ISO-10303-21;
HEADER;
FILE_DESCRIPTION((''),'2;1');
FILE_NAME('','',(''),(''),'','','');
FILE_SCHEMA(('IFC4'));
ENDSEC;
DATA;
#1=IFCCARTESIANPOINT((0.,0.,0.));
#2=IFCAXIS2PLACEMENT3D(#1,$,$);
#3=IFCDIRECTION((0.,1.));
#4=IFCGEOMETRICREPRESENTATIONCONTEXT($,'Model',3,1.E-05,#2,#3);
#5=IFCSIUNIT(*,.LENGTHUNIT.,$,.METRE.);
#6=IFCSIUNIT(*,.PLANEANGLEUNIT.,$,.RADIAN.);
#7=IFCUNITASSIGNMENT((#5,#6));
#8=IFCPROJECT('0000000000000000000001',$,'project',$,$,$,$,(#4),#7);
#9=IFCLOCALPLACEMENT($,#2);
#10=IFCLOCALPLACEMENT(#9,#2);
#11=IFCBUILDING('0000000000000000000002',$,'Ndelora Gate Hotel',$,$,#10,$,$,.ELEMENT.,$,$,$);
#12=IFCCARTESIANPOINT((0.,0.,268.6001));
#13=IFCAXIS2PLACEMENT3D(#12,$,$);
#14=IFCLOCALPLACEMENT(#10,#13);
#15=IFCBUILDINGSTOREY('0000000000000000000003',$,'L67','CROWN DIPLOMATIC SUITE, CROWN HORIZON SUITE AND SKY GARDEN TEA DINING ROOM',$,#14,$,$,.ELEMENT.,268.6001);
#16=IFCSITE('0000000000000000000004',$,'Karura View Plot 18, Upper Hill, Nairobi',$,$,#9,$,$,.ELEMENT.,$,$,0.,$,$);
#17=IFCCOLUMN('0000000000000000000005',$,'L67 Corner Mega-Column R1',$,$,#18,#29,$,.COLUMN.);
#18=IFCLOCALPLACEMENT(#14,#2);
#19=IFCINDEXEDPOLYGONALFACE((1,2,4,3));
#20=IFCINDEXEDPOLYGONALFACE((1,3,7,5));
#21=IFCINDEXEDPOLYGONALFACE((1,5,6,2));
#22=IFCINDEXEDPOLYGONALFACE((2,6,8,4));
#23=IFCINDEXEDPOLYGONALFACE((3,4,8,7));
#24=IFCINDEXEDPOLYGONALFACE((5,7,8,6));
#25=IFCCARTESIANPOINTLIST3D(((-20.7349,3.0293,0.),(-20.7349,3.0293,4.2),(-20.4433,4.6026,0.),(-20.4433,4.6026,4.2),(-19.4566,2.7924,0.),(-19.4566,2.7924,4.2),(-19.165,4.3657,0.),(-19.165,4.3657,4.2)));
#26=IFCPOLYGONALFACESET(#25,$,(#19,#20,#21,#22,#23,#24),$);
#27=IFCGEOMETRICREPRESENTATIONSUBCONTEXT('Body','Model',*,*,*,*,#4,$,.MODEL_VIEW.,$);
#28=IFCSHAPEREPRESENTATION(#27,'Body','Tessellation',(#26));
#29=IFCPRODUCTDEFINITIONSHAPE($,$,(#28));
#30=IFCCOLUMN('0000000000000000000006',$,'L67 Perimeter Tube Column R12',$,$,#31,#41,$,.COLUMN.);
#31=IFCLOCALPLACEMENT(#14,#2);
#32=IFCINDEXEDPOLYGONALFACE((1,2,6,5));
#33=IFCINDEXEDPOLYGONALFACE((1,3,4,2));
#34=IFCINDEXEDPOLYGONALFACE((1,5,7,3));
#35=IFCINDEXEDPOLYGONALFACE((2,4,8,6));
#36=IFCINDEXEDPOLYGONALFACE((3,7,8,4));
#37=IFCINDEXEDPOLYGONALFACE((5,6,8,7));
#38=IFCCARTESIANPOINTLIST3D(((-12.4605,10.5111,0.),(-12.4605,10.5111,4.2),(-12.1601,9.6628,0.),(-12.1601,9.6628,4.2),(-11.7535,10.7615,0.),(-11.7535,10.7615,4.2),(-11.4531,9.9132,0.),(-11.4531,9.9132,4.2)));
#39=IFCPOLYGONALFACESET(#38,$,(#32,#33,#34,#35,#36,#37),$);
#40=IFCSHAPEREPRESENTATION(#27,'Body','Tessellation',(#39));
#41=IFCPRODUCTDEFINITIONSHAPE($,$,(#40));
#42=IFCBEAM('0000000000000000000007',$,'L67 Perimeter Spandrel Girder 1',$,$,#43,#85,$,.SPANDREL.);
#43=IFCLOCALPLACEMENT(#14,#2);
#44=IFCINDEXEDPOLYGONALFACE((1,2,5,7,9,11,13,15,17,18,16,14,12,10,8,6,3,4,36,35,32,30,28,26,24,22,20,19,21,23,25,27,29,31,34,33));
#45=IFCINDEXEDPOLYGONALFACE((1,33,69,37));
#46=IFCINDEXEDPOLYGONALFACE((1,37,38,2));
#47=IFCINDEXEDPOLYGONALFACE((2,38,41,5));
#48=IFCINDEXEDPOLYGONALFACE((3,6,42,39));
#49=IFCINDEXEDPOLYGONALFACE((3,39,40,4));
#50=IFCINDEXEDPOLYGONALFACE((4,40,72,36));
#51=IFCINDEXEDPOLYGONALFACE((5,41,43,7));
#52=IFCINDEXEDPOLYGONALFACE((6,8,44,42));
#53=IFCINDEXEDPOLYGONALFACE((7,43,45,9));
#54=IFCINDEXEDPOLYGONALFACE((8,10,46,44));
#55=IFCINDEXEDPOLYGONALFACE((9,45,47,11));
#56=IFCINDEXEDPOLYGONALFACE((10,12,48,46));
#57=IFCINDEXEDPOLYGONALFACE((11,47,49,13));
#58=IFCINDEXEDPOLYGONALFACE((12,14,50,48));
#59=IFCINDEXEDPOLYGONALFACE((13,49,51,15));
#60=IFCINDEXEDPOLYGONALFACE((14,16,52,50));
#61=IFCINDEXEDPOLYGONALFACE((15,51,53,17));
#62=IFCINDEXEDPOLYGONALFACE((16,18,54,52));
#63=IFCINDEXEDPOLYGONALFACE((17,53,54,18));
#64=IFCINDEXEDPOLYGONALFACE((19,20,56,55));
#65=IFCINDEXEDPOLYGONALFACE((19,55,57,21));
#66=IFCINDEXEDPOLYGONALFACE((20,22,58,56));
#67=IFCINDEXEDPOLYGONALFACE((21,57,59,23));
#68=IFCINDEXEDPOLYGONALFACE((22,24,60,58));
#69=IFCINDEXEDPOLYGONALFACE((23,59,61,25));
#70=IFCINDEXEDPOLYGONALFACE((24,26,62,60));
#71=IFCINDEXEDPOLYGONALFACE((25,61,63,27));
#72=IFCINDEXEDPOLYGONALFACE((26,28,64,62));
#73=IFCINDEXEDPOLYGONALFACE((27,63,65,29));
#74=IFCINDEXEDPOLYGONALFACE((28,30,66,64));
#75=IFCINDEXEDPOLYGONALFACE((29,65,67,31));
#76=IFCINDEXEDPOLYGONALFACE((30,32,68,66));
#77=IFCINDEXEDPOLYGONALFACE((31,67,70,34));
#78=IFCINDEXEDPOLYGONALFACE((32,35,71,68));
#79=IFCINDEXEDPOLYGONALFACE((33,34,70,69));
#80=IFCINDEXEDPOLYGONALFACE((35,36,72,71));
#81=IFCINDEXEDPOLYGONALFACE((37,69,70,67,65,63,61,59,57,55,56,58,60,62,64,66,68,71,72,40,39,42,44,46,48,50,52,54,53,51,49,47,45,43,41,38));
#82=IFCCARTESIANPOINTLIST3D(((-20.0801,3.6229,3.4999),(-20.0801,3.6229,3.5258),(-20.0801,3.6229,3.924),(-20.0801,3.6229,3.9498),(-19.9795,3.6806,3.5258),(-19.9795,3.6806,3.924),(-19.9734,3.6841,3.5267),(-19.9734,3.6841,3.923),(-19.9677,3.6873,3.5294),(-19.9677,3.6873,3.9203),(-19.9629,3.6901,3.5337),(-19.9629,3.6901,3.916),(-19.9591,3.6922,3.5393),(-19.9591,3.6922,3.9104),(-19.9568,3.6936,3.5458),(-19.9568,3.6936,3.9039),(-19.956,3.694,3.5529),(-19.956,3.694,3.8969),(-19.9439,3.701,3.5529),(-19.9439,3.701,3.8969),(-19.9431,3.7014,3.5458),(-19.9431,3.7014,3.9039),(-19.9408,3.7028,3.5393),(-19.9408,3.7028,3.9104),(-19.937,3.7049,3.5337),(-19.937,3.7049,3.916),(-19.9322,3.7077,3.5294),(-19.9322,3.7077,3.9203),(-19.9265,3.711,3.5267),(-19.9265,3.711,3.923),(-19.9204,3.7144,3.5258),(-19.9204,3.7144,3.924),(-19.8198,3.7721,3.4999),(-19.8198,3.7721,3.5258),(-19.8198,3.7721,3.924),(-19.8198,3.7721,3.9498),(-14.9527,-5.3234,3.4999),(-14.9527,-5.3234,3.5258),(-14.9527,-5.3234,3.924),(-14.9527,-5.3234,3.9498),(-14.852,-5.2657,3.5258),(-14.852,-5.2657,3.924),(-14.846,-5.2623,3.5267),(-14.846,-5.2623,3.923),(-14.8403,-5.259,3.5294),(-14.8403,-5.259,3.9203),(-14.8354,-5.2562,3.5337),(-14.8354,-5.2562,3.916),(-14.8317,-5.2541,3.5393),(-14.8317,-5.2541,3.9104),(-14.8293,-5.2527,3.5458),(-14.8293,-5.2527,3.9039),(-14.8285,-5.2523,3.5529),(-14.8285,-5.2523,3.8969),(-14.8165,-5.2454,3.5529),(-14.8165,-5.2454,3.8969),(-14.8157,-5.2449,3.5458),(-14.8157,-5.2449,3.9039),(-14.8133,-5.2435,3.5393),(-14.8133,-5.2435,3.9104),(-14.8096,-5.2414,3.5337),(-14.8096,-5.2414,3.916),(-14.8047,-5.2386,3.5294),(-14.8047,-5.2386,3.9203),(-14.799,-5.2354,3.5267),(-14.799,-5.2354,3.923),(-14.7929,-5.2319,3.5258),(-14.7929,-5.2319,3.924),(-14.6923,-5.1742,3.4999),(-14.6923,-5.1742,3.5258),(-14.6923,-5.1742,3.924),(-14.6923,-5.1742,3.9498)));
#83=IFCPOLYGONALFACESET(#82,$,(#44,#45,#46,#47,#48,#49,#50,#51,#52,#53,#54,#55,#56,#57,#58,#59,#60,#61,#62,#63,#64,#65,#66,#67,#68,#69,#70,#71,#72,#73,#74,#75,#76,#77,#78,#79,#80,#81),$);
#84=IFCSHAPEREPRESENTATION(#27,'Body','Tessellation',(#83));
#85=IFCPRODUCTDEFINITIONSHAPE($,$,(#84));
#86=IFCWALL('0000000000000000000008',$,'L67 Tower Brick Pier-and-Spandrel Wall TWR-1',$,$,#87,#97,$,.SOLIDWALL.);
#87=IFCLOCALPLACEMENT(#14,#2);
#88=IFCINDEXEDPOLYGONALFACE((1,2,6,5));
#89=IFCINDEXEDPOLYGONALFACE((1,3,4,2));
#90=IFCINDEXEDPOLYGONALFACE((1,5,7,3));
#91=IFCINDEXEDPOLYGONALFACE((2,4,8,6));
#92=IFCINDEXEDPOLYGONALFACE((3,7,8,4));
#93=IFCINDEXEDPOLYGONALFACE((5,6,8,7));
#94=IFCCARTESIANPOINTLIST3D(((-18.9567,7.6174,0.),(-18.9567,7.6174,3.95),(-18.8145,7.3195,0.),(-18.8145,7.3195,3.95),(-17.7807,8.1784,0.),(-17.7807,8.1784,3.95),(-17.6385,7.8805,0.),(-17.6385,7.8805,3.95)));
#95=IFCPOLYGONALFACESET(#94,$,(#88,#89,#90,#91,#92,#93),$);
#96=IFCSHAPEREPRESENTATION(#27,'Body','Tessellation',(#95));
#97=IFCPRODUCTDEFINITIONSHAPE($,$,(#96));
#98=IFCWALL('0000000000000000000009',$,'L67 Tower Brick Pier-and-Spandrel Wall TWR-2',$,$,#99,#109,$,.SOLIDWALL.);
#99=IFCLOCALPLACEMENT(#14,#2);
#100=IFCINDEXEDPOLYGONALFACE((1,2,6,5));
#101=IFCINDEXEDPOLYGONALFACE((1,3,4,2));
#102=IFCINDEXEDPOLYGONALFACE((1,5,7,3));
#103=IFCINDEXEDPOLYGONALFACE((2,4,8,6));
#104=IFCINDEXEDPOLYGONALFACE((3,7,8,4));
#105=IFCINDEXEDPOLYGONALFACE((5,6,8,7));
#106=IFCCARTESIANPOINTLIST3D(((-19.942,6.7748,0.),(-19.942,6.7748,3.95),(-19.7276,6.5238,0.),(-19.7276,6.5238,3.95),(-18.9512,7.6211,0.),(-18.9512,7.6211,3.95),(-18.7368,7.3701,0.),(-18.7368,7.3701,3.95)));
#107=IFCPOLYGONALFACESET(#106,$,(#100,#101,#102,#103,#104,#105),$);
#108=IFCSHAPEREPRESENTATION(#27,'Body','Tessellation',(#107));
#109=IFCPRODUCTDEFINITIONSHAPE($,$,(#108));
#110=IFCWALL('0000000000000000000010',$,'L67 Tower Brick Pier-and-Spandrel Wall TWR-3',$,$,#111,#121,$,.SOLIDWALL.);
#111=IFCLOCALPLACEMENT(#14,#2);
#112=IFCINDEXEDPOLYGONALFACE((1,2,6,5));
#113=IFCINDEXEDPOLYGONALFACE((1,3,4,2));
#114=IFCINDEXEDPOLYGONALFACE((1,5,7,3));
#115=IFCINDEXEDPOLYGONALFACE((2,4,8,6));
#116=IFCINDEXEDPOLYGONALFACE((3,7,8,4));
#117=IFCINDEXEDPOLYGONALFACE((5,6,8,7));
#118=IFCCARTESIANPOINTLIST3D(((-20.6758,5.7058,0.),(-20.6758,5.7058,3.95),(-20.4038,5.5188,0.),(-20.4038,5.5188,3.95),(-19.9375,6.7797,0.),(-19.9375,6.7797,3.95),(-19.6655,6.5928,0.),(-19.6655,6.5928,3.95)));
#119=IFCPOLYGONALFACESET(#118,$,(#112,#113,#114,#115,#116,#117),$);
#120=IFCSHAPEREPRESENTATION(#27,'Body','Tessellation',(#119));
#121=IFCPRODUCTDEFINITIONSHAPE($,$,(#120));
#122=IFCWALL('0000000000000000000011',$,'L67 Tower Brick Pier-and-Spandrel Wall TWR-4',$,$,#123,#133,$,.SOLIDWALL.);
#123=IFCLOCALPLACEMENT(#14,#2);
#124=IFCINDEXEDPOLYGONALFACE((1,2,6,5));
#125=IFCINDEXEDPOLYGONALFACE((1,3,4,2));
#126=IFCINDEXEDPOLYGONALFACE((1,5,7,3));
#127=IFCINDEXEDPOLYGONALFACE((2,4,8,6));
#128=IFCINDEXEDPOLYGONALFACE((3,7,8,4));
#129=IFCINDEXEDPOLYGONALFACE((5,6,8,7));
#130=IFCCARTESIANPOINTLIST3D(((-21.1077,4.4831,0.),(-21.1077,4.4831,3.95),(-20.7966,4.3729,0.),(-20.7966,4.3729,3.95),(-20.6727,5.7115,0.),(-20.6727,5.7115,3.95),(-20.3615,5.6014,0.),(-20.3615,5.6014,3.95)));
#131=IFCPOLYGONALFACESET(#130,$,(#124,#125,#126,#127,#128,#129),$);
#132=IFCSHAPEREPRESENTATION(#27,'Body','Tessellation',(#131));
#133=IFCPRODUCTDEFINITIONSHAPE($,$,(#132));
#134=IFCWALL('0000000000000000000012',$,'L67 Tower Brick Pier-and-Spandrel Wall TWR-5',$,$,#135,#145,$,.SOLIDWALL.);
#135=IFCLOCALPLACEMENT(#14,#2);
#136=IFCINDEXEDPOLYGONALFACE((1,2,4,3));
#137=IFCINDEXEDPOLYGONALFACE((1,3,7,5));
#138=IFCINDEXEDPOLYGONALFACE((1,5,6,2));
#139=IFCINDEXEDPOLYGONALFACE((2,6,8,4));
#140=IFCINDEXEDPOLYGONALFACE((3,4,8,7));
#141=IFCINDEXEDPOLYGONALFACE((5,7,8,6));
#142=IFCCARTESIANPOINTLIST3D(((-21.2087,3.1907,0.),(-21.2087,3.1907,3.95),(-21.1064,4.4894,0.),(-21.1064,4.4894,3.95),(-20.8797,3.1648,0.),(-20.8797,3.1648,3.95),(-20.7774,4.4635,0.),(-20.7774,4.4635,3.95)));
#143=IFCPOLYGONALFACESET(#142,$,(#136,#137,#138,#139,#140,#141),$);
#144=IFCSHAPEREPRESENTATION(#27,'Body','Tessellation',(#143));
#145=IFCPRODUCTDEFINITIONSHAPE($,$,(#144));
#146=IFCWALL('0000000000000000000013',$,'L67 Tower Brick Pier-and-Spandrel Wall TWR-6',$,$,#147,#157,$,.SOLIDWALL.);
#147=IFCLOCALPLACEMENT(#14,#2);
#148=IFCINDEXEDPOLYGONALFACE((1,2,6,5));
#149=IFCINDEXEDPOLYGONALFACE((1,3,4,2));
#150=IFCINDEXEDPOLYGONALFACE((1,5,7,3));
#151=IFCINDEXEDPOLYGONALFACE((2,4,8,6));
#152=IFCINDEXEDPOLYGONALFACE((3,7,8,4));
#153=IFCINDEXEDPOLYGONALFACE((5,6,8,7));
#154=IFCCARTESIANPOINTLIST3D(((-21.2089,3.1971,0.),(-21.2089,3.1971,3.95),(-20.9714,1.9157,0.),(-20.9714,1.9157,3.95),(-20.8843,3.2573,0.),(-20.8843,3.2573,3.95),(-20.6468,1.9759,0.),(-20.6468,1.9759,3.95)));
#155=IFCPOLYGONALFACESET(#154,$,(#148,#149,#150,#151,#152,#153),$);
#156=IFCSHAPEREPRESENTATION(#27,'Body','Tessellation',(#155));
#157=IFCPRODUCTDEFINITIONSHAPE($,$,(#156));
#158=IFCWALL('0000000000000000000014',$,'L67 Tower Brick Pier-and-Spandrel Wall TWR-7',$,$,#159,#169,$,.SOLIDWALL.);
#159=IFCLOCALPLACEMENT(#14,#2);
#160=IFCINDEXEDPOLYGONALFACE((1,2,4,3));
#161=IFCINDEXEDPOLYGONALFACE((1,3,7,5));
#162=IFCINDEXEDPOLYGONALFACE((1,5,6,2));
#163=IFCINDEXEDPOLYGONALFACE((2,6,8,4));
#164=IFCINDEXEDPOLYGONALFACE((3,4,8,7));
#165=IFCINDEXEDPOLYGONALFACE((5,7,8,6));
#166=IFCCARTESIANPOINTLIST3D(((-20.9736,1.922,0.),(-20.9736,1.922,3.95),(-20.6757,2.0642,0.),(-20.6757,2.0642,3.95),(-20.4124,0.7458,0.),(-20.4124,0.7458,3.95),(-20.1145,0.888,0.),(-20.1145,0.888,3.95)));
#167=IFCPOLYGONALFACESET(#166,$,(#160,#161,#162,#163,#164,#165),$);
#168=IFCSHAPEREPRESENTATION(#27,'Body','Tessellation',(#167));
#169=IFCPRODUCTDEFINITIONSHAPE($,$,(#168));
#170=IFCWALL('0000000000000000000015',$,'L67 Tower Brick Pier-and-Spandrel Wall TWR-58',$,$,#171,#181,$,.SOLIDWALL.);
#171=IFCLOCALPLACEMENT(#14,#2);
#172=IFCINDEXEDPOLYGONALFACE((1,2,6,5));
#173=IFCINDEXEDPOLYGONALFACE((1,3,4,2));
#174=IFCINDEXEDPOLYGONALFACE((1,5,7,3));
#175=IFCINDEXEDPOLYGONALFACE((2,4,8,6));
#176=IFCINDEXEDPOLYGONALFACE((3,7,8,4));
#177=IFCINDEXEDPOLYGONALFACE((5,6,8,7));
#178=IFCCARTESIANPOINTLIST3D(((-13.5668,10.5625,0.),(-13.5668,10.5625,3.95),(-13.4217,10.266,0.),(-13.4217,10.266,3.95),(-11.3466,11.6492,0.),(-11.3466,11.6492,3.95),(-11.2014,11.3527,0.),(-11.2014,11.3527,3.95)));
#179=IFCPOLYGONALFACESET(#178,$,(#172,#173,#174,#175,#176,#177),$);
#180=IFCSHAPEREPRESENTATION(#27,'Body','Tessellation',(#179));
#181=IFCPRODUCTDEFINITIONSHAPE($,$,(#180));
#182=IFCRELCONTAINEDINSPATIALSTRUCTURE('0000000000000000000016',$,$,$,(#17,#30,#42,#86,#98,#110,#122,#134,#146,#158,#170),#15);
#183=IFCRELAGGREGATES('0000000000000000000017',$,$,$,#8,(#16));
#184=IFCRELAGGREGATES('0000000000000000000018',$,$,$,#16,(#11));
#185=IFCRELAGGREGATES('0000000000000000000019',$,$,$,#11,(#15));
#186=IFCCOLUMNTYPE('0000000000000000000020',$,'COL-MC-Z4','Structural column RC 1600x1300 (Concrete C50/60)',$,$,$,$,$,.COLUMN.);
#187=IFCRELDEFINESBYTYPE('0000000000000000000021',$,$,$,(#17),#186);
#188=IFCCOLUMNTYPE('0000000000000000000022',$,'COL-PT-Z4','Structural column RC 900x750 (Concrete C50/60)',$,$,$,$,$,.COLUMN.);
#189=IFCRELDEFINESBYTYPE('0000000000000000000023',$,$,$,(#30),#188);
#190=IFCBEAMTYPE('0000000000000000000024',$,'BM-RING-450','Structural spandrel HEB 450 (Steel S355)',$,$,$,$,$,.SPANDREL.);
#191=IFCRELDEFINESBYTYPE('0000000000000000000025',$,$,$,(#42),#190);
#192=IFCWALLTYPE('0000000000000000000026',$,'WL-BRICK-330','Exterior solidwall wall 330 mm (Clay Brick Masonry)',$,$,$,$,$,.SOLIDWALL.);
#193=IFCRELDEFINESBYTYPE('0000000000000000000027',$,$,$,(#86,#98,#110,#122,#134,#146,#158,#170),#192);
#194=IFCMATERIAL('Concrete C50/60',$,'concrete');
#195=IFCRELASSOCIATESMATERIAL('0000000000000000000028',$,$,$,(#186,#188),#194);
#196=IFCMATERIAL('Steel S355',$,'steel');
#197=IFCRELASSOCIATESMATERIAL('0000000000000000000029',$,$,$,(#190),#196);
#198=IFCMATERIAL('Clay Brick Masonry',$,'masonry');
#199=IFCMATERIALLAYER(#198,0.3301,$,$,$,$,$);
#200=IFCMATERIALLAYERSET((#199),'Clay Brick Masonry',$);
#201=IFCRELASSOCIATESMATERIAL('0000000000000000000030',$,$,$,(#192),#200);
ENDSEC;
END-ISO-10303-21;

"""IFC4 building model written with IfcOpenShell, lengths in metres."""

from ifc_helpers import new_model, si_unit, direction, frame, frame_2d, origin, origin_2d, place, context, subcontext, project, spatial, rectangle, i_section, extrude, material, layer, layer_set, material_profile, profile_set, type_object, element, save


model = new_model("IFC4")

# Units and contexts
model_context = context("Model", 3, precision=1e-05, world=origin(), true_north=direction((0.0, 1.0)))
body_context = subcontext(model_context, "Body", "Model", "MODEL_VIEW")
ifc_project = project(units=[si_unit("LENGTHUNIT", "METRE"), si_unit("PLANEANGLEUNIT", "RADIAN")], contexts=[model_context])

# Site, building, storey
site_placement = place(None, origin())
site = spatial("IfcSite", under=ifc_project, at=site_placement, Name="Karura View Plot 18, Upper Hill, Nairobi", CompositionType="ELEMENT", RefElevation=0.0)
building_placement = place(site_placement, origin())
building = spatial("IfcBuilding", under=site, at=building_placement, Name="Ndelora Gate Hotel", CompositionType="ELEMENT")
storey_placement = place(building_placement, frame((0.0, 0.0, 268.6001)))
storey = spatial("IfcBuildingStorey", under=building, at=storey_placement, Name="L67", Description="CROWN DIPLOMATIC SUITE, CROWN HORIZON SUITE AND SKY GARDEN TEA DINING ROOM", CompositionType="ELEMENT", Elevation=268.6001)

# Columns
ifc_material_1 = material(Name="Concrete C50/60", Category="concrete")
ifc_material_profile_1 = material_profile(ifc_material_1, rectangle(XDim=1.3, YDim=1.6001, at=origin_2d()), Name="RC 1600x1300")
ifc_profile_set_1 = profile_set([ifc_material_profile_1], Name="Concrete C50/60")
column_type_1 = type_object("IfcColumnType", Name="COL-MC-Z4", Description="Structural column RC 1600x1300 (Concrete C50/60)", PredefinedType="COLUMN", material=ifc_profile_set_1)
column_1_placement = place(storey_placement, frame((-19.95, 3.6975, 0.0), z_axis=(0.0, 0.0, 1.0), x_axis=(-0.983255, 0.182236, 0.0)))
element("IfcColumn", 1, at=column_1_placement, inside=storey, type_object=column_type_1, Name="L67 Corner Mega-Column R1", PredefinedType="COLUMN", context=body_context, shape_type="SweptSolid", body=[
    extrude(rectangle(XDim=1.3, YDim=1.6001, at=origin_2d()), origin(), (0.0, 0.0, 1.0), 4.2),
])
ifc_material_profile_2 = material_profile(ifc_material_1, rectangle(XDim=0.75, YDim=0.8999, at=origin_2d()), Name="RC 900x750")
ifc_profile_set_2 = profile_set([ifc_material_profile_2], Name="Concrete C50/60")
column_type_2 = type_object("IfcColumnType", Name="COL-PT-Z4", Description="Structural column RC 900x750 (Concrete C50/60)", PredefinedType="COLUMN", material=ifc_profile_set_2)
column_2_placement = place(storey_placement, frame((-11.9568, 10.2122, 0.0), z_axis=(0.0, 0.0, 1.0), x_axis=(0.942641, 0.333807, 0.0)))
element("IfcColumn", 2, at=column_2_placement, inside=storey, type_object=column_type_2, Name="L67 Perimeter Tube Column R12", PredefinedType="COLUMN", context=body_context, shape_type="SweptSolid", body=[
    extrude(rectangle(XDim=0.75, YDim=0.8999, at=origin_2d()), origin(), (0.0, 0.0, 1.0), 4.2),
])

# Beam
ifc_material_2 = material(Name="Steel S355", Category="steel")
ifc_material_profile_3 = material_profile(ifc_material_2, i_section(OverallWidth=0.3, OverallDepth=0.45, WebThickness=0.0139, FlangeThickness=0.0259, FilletRadius=0.0271, at=origin_2d()), Name="HEB 450")
ifc_profile_set_3 = profile_set([ifc_material_profile_3], Name="Steel S355")
beam_type = type_object("IfcBeamType", Name="BM-RING-450", Description="Structural spandrel HEB 450 (Steel S355)", PredefinedType="SPANDREL", material=ifc_profile_set_3)
beam_placement = place(storey_placement, frame((-19.95, 3.6975, 3.7249), z_axis=(0.497255, -0.867604, 0.0), x_axis=(0.867604, 0.497255, 0.0)))
element("IfcBeam", 3, at=beam_placement, inside=storey, type_object=beam_type, Name="L67 Perimeter Spandrel Girder 1", PredefinedType="SPANDREL", context=body_context, shape_type="SweptSolid", body=[
    extrude(i_section(OverallWidth=0.3, OverallDepth=0.45, WebThickness=0.0139, FlangeThickness=0.0259, FilletRadius=0.0271, at=origin_2d()), origin(), (0.0, 0.0, 1.0), 10.3115),
])

# Walls
ifc_material_3 = material(Name="Clay Brick Masonry", Category="masonry")
ifc_layer_1 = layer(ifc_material_3, 0.3301)
ifc_layer_set_1 = layer_set([ifc_layer_1], Name="Clay Brick Masonry")
wall_type = type_object("IfcWallType", Name="WL-BRICK-330", Description="Exterior solidwall wall 330 mm (Clay Brick Masonry)", PredefinedType="SOLIDWALL", material=ifc_layer_set_1)
for number, where, z_axis, x_axis, name in (
    (4, (-18.8855, 7.4685, 0.0), (0.0, 0.0, 1.0), (0.902556, 0.430574, 0.0), "L67 Tower Brick Pier-and-Spandrel Wall TWR-1"),
    (5, (-19.8347, 6.6494, 0.0), (0.0, 0.0, 1.0), (0.760393, 0.649463, 0.0), "L67 Tower Brick Pier-and-Spandrel Wall TWR-2"),
):
    element("IfcWall", number, at=place(storey_placement, frame(where, z_axis=z_axis, x_axis=x_axis)), inside=storey, type_object=wall_type, Name=name, PredefinedType="SOLIDWALL", context=body_context, shape_type="SweptSolid", body=[
        extrude(rectangle(XDim=1.303, YDim=0.3301, at=frame_2d((0.6514, 0.0))), origin(), (0.0, 0.0, 1.0), 3.95),
    ])
for number, where, z_axis, x_axis, name in (
    (6, (-20.5398, 5.6123, 0.0), (0.0, 0.0, 1.0), (0.566489, 0.824069, 0.0), "L67 Tower Brick Pier-and-Spandrel Wall TWR-3"),
    (7, (-20.9521, 4.428, 0.0), (0.0, 0.0, 1.0), (0.333819, 0.942637, 0.0), "L67 Tower Brick Pier-and-Spandrel Wall TWR-4"),
):
    element("IfcWall", number, at=place(storey_placement, frame(where, z_axis=z_axis, x_axis=x_axis)), inside=storey, type_object=wall_type, Name=name, PredefinedType="SOLIDWALL", context=body_context, shape_type="SweptSolid", body=[
        extrude(rectangle(XDim=1.3032, YDim=0.3301, at=frame_2d((0.6516, 0.0))), origin(), (0.0, 0.0, 1.0), 3.95),
    ])
wall_1_placement = place(storey_placement, frame((-21.0442, 3.1777, 0.0), z_axis=(0.0, 0.0, 1.0), x_axis=(0.078516, 0.996913, 0.0)))
element("IfcWall", 8, at=wall_1_placement, inside=storey, type_object=wall_type, Name="L67 Tower Brick Pier-and-Spandrel Wall TWR-5", PredefinedType="SOLIDWALL", context=body_context, shape_type="SweptSolid", body=[
    extrude(rectangle(XDim=1.3027, YDim=0.3301, at=frame_2d((0.6514, 0.0))), origin(), (0.0, 0.0, 1.0), 3.95),
])
for number, where, z_axis, x_axis, name in (
    (9, (-20.8091, 1.9458, 0.0), (0.0, 0.0, 1.0), (-0.182264, 0.98325, 0.0), "L67 Tower Brick Pier-and-Spandrel Wall TWR-6"),
    (10, (-20.2634, 0.8169, 0.0), (0.0, 0.0, 1.0), (-0.430653, 0.902517, 0.0), "L67 Tower Brick Pier-and-Spandrel Wall TWR-7"),
):
    element("IfcWall", number, at=place(storey_placement, frame(where, z_axis=z_axis, x_axis=x_axis)), inside=storey, type_object=wall_type, Name=name, PredefinedType="SOLIDWALL", context=body_context, shape_type="SweptSolid", body=[
        extrude(rectangle(XDim=1.3032, YDim=0.3301, at=frame_2d((0.6516, 0.0))), origin(), (0.0, 0.0, 1.0), 3.95),
    ])
wall_2_placement = place(storey_placement, frame((-13.4941, 10.4143, 0.0), z_axis=(0.0, 0.0, 1.0), x_axis=(0.898188, 0.439612, 0.0)))
element("IfcWall", 11, at=wall_2_placement, inside=storey, type_object=wall_type, Name="L67 Tower Brick Pier-and-Spandrel Wall TWR-58", PredefinedType="SOLIDWALL", context=body_context, shape_type="SweptSolid", body=[
    extrude(rectangle(XDim=2.4719, YDim=0.3301, at=frame_2d((1.2358, 0.0))), origin(), (0.0, 0.0, 1.0), 3.95),
])

save(model, "model.ifc")
